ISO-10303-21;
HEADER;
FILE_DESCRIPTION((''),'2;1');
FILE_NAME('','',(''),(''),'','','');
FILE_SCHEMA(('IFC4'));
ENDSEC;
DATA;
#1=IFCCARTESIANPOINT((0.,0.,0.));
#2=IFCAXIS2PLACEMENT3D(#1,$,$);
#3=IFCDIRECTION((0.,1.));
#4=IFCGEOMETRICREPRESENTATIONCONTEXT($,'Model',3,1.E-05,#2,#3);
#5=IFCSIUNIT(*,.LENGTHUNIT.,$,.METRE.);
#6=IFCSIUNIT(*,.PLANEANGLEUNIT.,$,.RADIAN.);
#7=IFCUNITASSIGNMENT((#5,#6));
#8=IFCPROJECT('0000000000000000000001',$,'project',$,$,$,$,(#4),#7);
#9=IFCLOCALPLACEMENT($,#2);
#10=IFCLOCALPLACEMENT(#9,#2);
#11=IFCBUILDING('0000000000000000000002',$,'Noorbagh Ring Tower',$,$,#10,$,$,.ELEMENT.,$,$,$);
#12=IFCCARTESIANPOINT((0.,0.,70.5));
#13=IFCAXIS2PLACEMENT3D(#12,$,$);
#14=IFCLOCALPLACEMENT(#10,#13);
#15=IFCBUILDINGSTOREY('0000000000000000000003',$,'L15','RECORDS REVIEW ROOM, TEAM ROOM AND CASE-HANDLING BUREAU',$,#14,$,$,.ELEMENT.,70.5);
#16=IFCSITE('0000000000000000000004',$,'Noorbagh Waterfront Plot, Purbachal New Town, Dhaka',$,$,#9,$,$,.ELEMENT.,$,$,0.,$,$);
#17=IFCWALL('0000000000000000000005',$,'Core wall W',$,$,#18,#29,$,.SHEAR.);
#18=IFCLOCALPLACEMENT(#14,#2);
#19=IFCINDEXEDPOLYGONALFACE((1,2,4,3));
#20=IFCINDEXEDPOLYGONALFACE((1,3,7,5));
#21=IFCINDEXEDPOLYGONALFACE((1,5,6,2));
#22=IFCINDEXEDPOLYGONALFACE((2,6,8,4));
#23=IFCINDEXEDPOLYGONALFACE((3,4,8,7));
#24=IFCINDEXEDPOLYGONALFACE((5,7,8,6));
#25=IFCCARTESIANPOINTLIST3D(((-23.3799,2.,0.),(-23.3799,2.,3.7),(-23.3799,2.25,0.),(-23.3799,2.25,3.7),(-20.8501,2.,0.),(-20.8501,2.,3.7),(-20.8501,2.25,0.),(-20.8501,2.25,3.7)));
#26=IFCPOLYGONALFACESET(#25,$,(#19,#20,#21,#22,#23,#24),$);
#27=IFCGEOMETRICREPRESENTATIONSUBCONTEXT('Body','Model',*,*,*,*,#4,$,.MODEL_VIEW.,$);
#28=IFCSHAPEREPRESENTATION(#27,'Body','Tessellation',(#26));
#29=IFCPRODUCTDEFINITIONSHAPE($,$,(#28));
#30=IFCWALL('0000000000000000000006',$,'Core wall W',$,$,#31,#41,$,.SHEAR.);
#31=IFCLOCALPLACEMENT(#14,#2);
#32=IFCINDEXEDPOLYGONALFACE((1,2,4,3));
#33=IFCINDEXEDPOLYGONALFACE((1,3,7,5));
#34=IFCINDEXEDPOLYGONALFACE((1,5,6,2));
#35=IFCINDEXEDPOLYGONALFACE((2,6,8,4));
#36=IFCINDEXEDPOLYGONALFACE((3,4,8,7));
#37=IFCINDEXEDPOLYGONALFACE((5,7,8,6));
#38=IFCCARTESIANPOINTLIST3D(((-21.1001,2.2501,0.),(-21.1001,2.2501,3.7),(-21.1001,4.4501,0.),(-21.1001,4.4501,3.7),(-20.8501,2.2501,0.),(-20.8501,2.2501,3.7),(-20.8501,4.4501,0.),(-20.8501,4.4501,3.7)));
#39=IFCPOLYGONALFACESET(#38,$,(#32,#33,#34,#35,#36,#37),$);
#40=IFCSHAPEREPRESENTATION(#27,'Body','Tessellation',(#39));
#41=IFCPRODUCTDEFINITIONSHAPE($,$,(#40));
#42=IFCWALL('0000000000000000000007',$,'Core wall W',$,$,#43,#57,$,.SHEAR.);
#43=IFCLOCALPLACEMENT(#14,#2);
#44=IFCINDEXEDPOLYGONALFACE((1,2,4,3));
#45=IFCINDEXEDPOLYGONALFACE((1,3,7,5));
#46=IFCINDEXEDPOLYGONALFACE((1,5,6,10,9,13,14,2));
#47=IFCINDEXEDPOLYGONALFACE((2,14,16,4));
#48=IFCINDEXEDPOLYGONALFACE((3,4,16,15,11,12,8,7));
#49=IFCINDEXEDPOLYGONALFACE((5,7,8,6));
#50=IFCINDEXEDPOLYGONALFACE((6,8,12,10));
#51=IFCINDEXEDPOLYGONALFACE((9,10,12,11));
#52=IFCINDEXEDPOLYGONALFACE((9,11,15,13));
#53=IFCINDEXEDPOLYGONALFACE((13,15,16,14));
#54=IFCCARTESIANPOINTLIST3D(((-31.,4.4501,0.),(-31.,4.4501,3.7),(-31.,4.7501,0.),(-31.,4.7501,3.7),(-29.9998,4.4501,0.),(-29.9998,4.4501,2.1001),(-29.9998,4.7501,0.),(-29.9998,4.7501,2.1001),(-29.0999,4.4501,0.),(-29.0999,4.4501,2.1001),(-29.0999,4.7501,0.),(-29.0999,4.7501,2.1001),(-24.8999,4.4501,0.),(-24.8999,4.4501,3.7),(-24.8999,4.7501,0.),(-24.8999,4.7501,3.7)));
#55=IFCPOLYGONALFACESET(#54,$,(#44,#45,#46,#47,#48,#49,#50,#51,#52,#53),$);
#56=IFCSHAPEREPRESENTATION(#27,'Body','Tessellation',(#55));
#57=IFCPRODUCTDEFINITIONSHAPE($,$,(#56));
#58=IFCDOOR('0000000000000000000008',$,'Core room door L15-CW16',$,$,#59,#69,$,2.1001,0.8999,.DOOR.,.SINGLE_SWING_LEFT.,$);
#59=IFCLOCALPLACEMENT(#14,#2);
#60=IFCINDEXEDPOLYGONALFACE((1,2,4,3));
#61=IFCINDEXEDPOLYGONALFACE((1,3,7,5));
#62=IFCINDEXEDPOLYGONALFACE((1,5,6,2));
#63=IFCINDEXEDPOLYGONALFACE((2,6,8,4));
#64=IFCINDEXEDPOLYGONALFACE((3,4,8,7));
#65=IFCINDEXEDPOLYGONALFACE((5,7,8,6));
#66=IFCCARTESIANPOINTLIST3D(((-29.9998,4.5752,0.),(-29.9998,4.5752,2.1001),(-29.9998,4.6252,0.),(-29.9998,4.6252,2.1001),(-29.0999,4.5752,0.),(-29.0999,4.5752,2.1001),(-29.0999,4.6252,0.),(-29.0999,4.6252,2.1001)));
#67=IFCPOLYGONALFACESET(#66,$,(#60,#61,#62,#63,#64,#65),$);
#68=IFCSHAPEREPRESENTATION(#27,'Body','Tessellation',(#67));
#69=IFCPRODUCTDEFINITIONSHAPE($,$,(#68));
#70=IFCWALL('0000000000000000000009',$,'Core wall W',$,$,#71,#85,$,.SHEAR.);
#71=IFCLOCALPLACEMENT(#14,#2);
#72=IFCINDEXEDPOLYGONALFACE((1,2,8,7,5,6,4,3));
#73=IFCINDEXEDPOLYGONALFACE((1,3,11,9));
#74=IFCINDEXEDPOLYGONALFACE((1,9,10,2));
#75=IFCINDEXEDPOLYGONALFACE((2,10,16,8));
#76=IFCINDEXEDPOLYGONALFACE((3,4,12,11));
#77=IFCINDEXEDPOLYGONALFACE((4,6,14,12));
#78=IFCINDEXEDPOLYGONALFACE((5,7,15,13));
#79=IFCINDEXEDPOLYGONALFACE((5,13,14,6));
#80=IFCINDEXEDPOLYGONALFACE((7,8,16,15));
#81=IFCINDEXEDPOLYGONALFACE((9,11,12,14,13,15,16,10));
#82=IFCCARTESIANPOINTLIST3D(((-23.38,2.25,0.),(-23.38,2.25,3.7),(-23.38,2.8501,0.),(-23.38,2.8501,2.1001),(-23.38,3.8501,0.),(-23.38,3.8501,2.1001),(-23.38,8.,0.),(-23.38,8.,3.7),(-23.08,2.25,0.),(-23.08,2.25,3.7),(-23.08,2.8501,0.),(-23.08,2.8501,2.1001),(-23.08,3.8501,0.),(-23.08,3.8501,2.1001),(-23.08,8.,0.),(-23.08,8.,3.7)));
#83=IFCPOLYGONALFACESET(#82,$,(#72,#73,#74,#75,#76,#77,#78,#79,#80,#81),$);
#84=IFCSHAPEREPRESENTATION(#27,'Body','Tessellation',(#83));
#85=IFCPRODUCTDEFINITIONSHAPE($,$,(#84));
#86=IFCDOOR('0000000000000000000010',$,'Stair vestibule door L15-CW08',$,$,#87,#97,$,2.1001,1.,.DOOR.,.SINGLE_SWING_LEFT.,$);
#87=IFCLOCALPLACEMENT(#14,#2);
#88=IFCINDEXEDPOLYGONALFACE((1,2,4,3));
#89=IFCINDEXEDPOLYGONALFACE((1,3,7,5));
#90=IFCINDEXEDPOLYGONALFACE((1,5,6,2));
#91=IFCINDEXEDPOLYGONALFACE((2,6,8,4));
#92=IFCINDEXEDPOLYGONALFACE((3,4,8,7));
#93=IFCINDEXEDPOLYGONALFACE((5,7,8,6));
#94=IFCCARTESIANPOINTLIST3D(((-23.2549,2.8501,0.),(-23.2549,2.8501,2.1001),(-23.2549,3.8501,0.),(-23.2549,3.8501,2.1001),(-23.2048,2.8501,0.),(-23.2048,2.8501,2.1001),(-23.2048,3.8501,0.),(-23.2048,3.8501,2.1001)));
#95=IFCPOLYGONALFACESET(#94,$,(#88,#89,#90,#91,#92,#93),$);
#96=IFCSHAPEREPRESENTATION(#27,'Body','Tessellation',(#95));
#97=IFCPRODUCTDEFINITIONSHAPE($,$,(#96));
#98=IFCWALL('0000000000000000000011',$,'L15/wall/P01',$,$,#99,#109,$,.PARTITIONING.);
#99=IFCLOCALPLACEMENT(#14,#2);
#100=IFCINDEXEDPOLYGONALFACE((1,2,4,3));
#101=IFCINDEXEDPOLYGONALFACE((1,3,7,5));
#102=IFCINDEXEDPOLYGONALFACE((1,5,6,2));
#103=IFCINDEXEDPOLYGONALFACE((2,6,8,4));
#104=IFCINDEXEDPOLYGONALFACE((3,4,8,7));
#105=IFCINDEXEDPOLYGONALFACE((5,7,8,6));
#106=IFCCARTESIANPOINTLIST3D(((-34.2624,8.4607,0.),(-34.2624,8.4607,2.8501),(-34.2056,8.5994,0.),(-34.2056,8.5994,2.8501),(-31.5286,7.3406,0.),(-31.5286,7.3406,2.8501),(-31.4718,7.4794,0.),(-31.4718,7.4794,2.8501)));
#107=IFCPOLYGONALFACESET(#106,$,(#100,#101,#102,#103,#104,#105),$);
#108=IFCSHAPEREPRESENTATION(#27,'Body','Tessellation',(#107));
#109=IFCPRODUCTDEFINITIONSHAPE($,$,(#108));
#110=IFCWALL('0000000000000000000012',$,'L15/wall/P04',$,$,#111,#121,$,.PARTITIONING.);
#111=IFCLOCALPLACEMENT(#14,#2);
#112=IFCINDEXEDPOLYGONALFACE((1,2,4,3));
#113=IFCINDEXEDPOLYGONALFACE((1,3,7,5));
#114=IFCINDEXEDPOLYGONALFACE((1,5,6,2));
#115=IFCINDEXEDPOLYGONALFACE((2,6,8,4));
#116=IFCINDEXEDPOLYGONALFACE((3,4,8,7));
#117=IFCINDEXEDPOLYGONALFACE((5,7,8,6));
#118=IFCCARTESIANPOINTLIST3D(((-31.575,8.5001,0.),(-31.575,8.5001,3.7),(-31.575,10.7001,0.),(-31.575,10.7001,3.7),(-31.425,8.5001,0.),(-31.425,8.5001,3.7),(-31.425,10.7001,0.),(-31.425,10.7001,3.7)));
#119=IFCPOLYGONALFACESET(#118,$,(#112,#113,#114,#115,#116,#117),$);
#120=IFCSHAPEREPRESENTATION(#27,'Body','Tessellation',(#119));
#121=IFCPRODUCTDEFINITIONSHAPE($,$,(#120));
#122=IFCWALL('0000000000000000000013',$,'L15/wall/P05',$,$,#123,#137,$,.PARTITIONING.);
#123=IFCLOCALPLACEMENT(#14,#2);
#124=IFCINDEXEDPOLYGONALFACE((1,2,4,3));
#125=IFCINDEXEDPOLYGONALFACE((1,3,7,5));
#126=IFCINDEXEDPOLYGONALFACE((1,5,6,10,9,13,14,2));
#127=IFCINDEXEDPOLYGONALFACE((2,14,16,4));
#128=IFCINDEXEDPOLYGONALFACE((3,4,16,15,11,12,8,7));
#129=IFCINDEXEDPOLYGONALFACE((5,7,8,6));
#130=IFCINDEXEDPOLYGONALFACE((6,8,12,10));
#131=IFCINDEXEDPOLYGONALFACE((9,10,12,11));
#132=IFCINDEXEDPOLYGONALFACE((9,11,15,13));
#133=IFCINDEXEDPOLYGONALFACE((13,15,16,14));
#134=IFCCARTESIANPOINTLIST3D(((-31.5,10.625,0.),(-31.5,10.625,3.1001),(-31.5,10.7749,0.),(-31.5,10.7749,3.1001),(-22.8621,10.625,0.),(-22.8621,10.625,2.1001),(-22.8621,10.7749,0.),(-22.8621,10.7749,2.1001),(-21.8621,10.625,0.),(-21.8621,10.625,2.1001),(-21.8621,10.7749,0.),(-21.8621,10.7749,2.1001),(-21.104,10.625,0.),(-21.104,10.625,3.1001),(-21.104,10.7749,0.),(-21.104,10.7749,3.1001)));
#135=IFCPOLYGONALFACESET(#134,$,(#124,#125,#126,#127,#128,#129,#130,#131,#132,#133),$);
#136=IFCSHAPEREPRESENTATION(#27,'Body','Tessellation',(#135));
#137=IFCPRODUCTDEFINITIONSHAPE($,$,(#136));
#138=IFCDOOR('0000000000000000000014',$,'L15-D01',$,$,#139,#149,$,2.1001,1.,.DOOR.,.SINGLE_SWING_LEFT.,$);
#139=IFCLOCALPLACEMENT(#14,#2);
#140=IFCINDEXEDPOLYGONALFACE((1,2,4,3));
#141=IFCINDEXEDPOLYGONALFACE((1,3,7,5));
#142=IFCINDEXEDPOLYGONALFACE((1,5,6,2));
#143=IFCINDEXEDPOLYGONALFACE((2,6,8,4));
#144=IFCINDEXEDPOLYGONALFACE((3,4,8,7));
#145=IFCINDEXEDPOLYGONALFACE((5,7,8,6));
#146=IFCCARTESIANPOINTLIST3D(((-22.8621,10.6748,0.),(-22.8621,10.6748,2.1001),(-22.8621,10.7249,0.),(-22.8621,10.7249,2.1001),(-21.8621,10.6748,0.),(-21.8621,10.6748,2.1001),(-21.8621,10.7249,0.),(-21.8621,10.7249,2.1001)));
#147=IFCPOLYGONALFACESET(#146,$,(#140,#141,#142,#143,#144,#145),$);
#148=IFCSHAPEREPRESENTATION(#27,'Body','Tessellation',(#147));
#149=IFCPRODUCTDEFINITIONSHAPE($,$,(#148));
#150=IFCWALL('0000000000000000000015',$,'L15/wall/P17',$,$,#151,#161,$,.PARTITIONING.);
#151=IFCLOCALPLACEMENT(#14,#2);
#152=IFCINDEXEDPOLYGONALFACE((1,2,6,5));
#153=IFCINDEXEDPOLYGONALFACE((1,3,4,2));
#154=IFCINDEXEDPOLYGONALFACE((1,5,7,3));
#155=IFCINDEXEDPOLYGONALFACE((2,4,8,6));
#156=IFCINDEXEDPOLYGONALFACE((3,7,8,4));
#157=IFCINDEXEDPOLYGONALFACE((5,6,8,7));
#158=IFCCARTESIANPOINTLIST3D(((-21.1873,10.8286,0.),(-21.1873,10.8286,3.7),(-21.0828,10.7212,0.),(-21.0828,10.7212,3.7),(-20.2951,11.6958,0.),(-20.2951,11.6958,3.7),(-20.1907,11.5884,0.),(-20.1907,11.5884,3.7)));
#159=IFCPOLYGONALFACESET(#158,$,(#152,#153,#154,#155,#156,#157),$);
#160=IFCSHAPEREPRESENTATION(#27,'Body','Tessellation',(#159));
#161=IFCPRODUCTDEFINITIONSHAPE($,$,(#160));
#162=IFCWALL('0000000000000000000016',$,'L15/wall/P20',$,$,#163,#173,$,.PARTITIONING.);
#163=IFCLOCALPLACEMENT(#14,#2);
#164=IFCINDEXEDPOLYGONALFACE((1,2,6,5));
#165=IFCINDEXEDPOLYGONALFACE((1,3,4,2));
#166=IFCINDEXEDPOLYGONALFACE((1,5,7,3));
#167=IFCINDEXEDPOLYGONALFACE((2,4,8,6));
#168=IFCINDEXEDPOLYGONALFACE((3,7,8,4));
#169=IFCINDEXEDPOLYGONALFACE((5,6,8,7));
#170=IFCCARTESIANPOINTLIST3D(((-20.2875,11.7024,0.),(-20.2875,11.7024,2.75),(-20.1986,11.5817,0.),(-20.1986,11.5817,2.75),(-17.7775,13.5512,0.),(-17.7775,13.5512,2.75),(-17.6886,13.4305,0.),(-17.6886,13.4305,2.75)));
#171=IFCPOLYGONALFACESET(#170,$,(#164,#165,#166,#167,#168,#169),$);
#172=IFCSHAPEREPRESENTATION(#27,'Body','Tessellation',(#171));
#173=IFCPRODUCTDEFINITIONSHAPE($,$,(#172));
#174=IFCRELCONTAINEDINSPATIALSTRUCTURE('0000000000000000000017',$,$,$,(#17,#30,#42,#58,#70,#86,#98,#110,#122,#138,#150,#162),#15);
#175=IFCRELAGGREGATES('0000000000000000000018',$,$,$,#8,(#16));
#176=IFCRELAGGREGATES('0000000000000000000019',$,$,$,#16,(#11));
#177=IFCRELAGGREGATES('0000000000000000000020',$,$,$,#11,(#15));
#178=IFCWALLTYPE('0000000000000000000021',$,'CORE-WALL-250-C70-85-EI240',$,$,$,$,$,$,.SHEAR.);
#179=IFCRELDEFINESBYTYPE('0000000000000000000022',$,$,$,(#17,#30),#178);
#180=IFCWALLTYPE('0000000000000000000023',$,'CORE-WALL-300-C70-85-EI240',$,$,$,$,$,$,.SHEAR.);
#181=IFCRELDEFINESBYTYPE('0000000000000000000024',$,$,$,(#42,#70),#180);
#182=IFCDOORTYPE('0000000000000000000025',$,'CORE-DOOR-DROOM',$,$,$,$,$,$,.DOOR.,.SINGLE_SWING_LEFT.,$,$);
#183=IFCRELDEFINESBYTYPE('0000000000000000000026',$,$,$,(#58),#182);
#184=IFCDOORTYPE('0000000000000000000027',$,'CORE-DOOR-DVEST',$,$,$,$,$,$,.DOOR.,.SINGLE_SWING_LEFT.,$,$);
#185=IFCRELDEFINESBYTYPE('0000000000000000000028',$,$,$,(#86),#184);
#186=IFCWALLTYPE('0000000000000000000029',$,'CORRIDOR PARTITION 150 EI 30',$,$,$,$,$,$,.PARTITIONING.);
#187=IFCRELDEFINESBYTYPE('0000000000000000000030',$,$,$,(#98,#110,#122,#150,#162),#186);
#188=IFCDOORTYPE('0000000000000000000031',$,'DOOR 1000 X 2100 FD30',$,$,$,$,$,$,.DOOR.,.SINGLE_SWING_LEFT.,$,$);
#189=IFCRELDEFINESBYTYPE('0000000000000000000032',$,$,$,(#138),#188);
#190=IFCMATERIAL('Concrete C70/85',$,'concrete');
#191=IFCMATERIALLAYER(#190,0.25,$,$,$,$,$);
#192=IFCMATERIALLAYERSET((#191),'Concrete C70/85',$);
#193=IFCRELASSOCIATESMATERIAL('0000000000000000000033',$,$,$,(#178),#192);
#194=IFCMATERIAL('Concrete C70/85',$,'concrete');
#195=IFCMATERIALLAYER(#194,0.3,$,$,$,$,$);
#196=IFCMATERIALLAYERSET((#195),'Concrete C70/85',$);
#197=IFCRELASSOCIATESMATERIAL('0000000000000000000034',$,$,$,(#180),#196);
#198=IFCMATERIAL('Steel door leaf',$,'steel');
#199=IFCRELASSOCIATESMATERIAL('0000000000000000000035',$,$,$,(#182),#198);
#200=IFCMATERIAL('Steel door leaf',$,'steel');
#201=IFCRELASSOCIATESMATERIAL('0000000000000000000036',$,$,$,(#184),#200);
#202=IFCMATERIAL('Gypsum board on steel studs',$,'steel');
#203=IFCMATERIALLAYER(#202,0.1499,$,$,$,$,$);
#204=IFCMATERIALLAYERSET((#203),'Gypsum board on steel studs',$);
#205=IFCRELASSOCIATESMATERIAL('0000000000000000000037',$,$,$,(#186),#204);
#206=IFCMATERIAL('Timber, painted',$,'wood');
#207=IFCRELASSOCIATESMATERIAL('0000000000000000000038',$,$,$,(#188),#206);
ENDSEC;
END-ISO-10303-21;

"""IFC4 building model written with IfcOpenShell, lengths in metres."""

from ifc_helpers import new_model, si_unit, direction, frame, frame_2d, origin, place, context, subcontext, project, spatial, rectangle, extrude, material, layer, layer_set, type_object, element, fill, save


model = new_model("IFC4")

# Units and contexts
model_context = context("Model", 3, precision=1e-05, world=origin(), true_north=direction((0.0, 1.0)))
body_context = subcontext(model_context, "Body", "Model", "MODEL_VIEW")
ifc_project = project(units=[si_unit("LENGTHUNIT", "METRE"), si_unit("PLANEANGLEUNIT", "RADIAN")], contexts=[model_context])

# Site, building, storey
site_placement = place(None, origin())
site = spatial("IfcSite", under=ifc_project, at=site_placement, Name="Noorbagh Waterfront Plot, Purbachal New Town, Dhaka", CompositionType="ELEMENT", RefElevation=0.0)
building_placement = place(site_placement, origin())
building = spatial("IfcBuilding", under=site, at=building_placement, Name="Noorbagh Ring Tower", CompositionType="ELEMENT")
storey_placement = place(building_placement, frame((0.0, 0.0, 70.5)))
storey = spatial("IfcBuildingStorey", under=building, at=storey_placement, Name="L15", Description="RECORDS REVIEW ROOM, TEAM ROOM AND CASE-HANDLING BUREAU", CompositionType="ELEMENT", Elevation=70.5)

# Walls
ifc_material_1 = material(Name="Concrete C70/85", Category="concrete")
ifc_layer_1 = layer(ifc_material_1, 0.25)
ifc_layer_set_1 = layer_set([ifc_layer_1], Name="Concrete C70/85")
wall_type_1 = type_object("IfcWallType", Name="CORE-WALL-250-C70-85-EI240", PredefinedType="SHEAR", material=ifc_layer_set_1)
wall_1_placement = place(storey_placement, frame((-20.8501, 2.125, 0.0), z_axis=(0.0, 0.0, 1.0), x_axis=(-1.0, 0.0, 0.0)))
element("IfcWall", 1, at=wall_1_placement, inside=storey, type_object=wall_type_1, Name="Core wall W", PredefinedType="SHEAR", context=body_context, shape_type="SweptSolid", body=[
    extrude(rectangle(XDim=2.5298, YDim=0.25, at=frame_2d((1.2649, 0.0))), origin(), (0.0, 0.0, 1.0), 3.7),
])
wall_2_placement = place(storey_placement, frame((-20.9751, 2.25, 0.0), z_axis=(0.0, 0.0, 1.0), x_axis=(0.0, 1.0, 0.0)))
element("IfcWall", 2, at=wall_2_placement, inside=storey, type_object=wall_type_1, Name="Core wall W", PredefinedType="SHEAR", context=body_context, shape_type="SweptSolid", body=[
    extrude(rectangle(XDim=2.2, YDim=0.25, at=frame_2d((1.1001, 0.0))), origin(), (0.0, 0.0, 1.0), 3.7),
])

# Walls, openings, doors
ifc_material_2 = material(Name="Concrete C70/85", Category="concrete")
ifc_layer_2 = layer(ifc_material_2, 0.3)
ifc_layer_set_2 = layer_set([ifc_layer_2], Name="Concrete C70/85")
wall_type_2 = type_object("IfcWallType", Name="CORE-WALL-300-C70-85-EI240", PredefinedType="SHEAR", material=ifc_layer_set_2)
wall_3_placement = place(storey_placement, frame((-24.8999, 4.6001, 0.0), z_axis=(0.0, 0.0, 1.0), x_axis=(-1.0, 0.0, 0.0)))
wall_3 = element("IfcWall", 3, at=wall_3_placement, inside=storey, type_object=wall_type_2, Name="Core wall W", PredefinedType="SHEAR", context=body_context, shape_type="SweptSolid", body=[
    extrude(rectangle(XDim=6.1001, YDim=0.3, at=frame_2d((3.05, 0.0))), origin(), (0.0, 0.0, 1.0), 3.7),
])
opening_1_placement = place(wall_3_placement, frame((4.2, 0.0, 0.0)))
opening_1 = element("IfcOpeningElement", 4, at=opening_1_placement, cuts=wall_3, PredefinedType="OPENING", context=body_context, shape_type="SweptSolid", body=[
    extrude(rectangle(XDim=0.8999, YDim=2.1001, at=frame_2d((0.45, 1.05))), frame((0.0, 0.1602, 0.0), z_axis=(0.0, -1.0, 0.0), x_axis=(1.0, 0.0, 0.0)), (0.0, 0.0, 1.0), 0.3201),
])
ifc_material_3 = material(Name="Steel door leaf", Category="steel")
door_type_1 = type_object("IfcDoorType", Name="CORE-DOOR-DROOM", OperationType="SINGLE_SWING_LEFT", PredefinedType="DOOR", material=ifc_material_3)
door_1_placement = place(opening_1_placement, origin())
door_1 = element("IfcDoor", 5, at=door_1_placement, inside=storey, type_object=door_type_1, Name="Core room door L15-CW16", OperationType="SINGLE_SWING_LEFT", OverallHeight=2.1001, OverallWidth=0.8999, PredefinedType="DOOR", context=body_context, shape_type="SweptSolid", body=[
    extrude(rectangle(XDim=0.8999, YDim=2.1001, at=frame_2d((0.45, 1.05))), frame((0.0, 0.0249, 0.0), z_axis=(0.0, -1.0, 0.0), x_axis=(1.0, 0.0, 0.0)), (0.0, 0.0, 1.0), 0.05),
])
fill(opening_1, door_1)
wall_4_placement = place(storey_placement, frame((-23.23, 2.25, 0.0), z_axis=(0.0, 0.0, 1.0), x_axis=(0.0, 1.0, 0.0)))
wall_4 = element("IfcWall", 6, at=wall_4_placement, inside=storey, type_object=wall_type_2, Name="Core wall W", PredefinedType="SHEAR", context=body_context, shape_type="SweptSolid", body=[
    extrude(rectangle(XDim=5.75, YDim=0.3, at=frame_2d((2.875, 0.0))), origin(), (0.0, 0.0, 1.0), 3.7),
])
opening_2_placement = place(wall_4_placement, frame((0.6001, 0.0, 0.0)))
opening_2 = element("IfcOpeningElement", 7, at=opening_2_placement, cuts=wall_4, PredefinedType="OPENING", context=body_context, shape_type="SweptSolid", body=[
    extrude(rectangle(XDim=1.0, YDim=2.1001, at=frame_2d((0.5, 1.05))), frame((0.0, 0.1602, 0.0), z_axis=(0.0, -1.0, 0.0), x_axis=(1.0, 0.0, 0.0)), (0.0, 0.0, 1.0), 0.3201),
])
ifc_material_4 = material(Name="Steel door leaf", Category="steel")
door_type_2 = type_object("IfcDoorType", Name="CORE-DOOR-DVEST", OperationType="SINGLE_SWING_LEFT", PredefinedType="DOOR", material=ifc_material_4)
door_2_placement = place(opening_2_placement, origin())
door_2 = element("IfcDoor", 8, at=door_2_placement, inside=storey, type_object=door_type_2, Name="Stair vestibule door L15-CW08", OperationType="SINGLE_SWING_LEFT", OverallHeight=2.1001, OverallWidth=1.0, PredefinedType="DOOR", context=body_context, shape_type="SweptSolid", body=[
    extrude(rectangle(XDim=1.0, YDim=2.1001, at=frame_2d((0.5, 1.05))), frame((0.0, 0.0249, 0.0), z_axis=(0.0, -1.0, 0.0), x_axis=(1.0, 0.0, 0.0)), (0.0, 0.0, 1.0), 0.05),
])
fill(opening_2, door_2)

# Walls
ifc_material_5 = material(Name="Gypsum board on steel studs", Category="steel")
ifc_layer_3 = layer(ifc_material_5, 0.1499)
ifc_layer_set_3 = layer_set([ifc_layer_3], Name="Gypsum board on steel studs")
wall_type_3 = type_object("IfcWallType", Name="CORRIDOR PARTITION 150 EI 30", PredefinedType="PARTITIONING", material=ifc_layer_set_3)
wall_5_placement = place(storey_placement, frame((-34.2339, 8.53, 0.0), z_axis=(0.0, 0.0, 1.0), x_axis=(0.925344, -0.379128, 0.0)))
element("IfcWall", 9, at=wall_5_placement, inside=storey, type_object=wall_type_3, Name="L15/wall/P01", PredefinedType="PARTITIONING", context=body_context, shape_type="SweptSolid", body=[
    extrude(rectangle(XDim=2.9543, YDim=0.1499, at=frame_2d((1.4771, 0.0))), origin(), (0.0, 0.0, 1.0), 2.8501),
])
wall_6_placement = place(storey_placement, frame((-31.5, 8.5, 0.0), z_axis=(0.0, 0.0, 1.0), x_axis=(0.0, 1.0, 0.0)))
element("IfcWall", 10, at=wall_6_placement, inside=storey, type_object=wall_type_3, Name="L15/wall/P04", PredefinedType="PARTITIONING", context=body_context, shape_type="SweptSolid", body=[
    extrude(rectangle(XDim=2.2, YDim=0.1499, at=frame_2d((1.1001, 0.0))), origin(), (0.0, 0.0, 1.0), 3.7),
])

# Wall, opening, door
wall_7_placement = place(storey_placement, frame((-31.5, 10.7, 0.0), z_axis=(0.0, 0.0, 1.0), x_axis=(1.0, 0.0, 0.0)))
wall_7 = element("IfcWall", 11, at=wall_7_placement, inside=storey, type_object=wall_type_3, Name="L15/wall/P05", PredefinedType="PARTITIONING", context=body_context, shape_type="SweptSolid", body=[
    extrude(rectangle(XDim=10.396, YDim=0.1499, at=frame_2d((5.198, 0.0))), origin(), (0.0, 0.0, 1.0), 3.1001),
])
opening_3_placement = place(wall_7_placement, frame((8.6379, 0.0, 0.0)))
opening_3 = element("IfcOpeningElement", 12, at=opening_3_placement, cuts=wall_7, PredefinedType="OPENING", context=body_context, shape_type="SweptSolid", body=[
    extrude(rectangle(XDim=1.0, YDim=2.1001, at=frame_2d((0.5, 1.05))), frame((0.0, 0.085, 0.0), z_axis=(0.0, -1.0, 0.0), x_axis=(1.0, 0.0, 0.0)), (0.0, 0.0, 1.0), 0.1699),
])
ifc_material_6 = material(Name="Timber, painted", Category="wood")
door_type_3 = type_object("IfcDoorType", Name="DOOR 1000 X 2100 FD30", OperationType="SINGLE_SWING_LEFT", PredefinedType="DOOR", material=ifc_material_6)
door_3_placement = place(opening_3_placement, origin())
door_3 = element("IfcDoor", 13, at=door_3_placement, inside=storey, type_object=door_type_3, Name="L15-D01", OperationType="SINGLE_SWING_LEFT", OverallHeight=2.1001, OverallWidth=1.0, PredefinedType="DOOR", context=body_context, shape_type="SweptSolid", body=[
    extrude(rectangle(XDim=1.0, YDim=2.1001, at=frame_2d((0.5, 1.05))), frame((0.0, 0.0249, 0.0), z_axis=(0.0, -1.0, 0.0), x_axis=(1.0, 0.0, 0.0)), (0.0, 0.0, 1.0), 0.05),
])
fill(opening_3, door_3)

# Walls
wall_8_placement = place(storey_placement, frame((-21.135, 10.7749, 0.0), z_axis=(0.0, 0.0, 1.0), x_axis=(0.717044, 0.697028, 0.0)))
element("IfcWall", 14, at=wall_8_placement, inside=storey, type_object=wall_type_3, Name="L15/wall/P17", PredefinedType="PARTITIONING", context=body_context, shape_type="SweptSolid", body=[
    extrude(rectangle(XDim=1.2441, YDim=0.1499, at=frame_2d((0.6221, 0.0))), origin(), (0.0, 0.0, 1.0), 3.7),
])
wall_9_placement = place(storey_placement, frame((-20.2429, 11.6421, 0.0), z_axis=(0.0, 0.0, 1.0), x_axis=(0.805148, 0.593073, 0.0)))
element("IfcWall", 15, at=wall_9_placement, inside=storey, type_object=wall_type_3, Name="L15/wall/P20", PredefinedType="PARTITIONING", context=body_context, shape_type="SweptSolid", body=[
    extrude(rectangle(XDim=3.1174, YDim=0.1499, at=frame_2d((1.5586, 0.0))), origin(), (0.0, 0.0, 1.0), 2.75),
])

save(model, "model.ifc")
